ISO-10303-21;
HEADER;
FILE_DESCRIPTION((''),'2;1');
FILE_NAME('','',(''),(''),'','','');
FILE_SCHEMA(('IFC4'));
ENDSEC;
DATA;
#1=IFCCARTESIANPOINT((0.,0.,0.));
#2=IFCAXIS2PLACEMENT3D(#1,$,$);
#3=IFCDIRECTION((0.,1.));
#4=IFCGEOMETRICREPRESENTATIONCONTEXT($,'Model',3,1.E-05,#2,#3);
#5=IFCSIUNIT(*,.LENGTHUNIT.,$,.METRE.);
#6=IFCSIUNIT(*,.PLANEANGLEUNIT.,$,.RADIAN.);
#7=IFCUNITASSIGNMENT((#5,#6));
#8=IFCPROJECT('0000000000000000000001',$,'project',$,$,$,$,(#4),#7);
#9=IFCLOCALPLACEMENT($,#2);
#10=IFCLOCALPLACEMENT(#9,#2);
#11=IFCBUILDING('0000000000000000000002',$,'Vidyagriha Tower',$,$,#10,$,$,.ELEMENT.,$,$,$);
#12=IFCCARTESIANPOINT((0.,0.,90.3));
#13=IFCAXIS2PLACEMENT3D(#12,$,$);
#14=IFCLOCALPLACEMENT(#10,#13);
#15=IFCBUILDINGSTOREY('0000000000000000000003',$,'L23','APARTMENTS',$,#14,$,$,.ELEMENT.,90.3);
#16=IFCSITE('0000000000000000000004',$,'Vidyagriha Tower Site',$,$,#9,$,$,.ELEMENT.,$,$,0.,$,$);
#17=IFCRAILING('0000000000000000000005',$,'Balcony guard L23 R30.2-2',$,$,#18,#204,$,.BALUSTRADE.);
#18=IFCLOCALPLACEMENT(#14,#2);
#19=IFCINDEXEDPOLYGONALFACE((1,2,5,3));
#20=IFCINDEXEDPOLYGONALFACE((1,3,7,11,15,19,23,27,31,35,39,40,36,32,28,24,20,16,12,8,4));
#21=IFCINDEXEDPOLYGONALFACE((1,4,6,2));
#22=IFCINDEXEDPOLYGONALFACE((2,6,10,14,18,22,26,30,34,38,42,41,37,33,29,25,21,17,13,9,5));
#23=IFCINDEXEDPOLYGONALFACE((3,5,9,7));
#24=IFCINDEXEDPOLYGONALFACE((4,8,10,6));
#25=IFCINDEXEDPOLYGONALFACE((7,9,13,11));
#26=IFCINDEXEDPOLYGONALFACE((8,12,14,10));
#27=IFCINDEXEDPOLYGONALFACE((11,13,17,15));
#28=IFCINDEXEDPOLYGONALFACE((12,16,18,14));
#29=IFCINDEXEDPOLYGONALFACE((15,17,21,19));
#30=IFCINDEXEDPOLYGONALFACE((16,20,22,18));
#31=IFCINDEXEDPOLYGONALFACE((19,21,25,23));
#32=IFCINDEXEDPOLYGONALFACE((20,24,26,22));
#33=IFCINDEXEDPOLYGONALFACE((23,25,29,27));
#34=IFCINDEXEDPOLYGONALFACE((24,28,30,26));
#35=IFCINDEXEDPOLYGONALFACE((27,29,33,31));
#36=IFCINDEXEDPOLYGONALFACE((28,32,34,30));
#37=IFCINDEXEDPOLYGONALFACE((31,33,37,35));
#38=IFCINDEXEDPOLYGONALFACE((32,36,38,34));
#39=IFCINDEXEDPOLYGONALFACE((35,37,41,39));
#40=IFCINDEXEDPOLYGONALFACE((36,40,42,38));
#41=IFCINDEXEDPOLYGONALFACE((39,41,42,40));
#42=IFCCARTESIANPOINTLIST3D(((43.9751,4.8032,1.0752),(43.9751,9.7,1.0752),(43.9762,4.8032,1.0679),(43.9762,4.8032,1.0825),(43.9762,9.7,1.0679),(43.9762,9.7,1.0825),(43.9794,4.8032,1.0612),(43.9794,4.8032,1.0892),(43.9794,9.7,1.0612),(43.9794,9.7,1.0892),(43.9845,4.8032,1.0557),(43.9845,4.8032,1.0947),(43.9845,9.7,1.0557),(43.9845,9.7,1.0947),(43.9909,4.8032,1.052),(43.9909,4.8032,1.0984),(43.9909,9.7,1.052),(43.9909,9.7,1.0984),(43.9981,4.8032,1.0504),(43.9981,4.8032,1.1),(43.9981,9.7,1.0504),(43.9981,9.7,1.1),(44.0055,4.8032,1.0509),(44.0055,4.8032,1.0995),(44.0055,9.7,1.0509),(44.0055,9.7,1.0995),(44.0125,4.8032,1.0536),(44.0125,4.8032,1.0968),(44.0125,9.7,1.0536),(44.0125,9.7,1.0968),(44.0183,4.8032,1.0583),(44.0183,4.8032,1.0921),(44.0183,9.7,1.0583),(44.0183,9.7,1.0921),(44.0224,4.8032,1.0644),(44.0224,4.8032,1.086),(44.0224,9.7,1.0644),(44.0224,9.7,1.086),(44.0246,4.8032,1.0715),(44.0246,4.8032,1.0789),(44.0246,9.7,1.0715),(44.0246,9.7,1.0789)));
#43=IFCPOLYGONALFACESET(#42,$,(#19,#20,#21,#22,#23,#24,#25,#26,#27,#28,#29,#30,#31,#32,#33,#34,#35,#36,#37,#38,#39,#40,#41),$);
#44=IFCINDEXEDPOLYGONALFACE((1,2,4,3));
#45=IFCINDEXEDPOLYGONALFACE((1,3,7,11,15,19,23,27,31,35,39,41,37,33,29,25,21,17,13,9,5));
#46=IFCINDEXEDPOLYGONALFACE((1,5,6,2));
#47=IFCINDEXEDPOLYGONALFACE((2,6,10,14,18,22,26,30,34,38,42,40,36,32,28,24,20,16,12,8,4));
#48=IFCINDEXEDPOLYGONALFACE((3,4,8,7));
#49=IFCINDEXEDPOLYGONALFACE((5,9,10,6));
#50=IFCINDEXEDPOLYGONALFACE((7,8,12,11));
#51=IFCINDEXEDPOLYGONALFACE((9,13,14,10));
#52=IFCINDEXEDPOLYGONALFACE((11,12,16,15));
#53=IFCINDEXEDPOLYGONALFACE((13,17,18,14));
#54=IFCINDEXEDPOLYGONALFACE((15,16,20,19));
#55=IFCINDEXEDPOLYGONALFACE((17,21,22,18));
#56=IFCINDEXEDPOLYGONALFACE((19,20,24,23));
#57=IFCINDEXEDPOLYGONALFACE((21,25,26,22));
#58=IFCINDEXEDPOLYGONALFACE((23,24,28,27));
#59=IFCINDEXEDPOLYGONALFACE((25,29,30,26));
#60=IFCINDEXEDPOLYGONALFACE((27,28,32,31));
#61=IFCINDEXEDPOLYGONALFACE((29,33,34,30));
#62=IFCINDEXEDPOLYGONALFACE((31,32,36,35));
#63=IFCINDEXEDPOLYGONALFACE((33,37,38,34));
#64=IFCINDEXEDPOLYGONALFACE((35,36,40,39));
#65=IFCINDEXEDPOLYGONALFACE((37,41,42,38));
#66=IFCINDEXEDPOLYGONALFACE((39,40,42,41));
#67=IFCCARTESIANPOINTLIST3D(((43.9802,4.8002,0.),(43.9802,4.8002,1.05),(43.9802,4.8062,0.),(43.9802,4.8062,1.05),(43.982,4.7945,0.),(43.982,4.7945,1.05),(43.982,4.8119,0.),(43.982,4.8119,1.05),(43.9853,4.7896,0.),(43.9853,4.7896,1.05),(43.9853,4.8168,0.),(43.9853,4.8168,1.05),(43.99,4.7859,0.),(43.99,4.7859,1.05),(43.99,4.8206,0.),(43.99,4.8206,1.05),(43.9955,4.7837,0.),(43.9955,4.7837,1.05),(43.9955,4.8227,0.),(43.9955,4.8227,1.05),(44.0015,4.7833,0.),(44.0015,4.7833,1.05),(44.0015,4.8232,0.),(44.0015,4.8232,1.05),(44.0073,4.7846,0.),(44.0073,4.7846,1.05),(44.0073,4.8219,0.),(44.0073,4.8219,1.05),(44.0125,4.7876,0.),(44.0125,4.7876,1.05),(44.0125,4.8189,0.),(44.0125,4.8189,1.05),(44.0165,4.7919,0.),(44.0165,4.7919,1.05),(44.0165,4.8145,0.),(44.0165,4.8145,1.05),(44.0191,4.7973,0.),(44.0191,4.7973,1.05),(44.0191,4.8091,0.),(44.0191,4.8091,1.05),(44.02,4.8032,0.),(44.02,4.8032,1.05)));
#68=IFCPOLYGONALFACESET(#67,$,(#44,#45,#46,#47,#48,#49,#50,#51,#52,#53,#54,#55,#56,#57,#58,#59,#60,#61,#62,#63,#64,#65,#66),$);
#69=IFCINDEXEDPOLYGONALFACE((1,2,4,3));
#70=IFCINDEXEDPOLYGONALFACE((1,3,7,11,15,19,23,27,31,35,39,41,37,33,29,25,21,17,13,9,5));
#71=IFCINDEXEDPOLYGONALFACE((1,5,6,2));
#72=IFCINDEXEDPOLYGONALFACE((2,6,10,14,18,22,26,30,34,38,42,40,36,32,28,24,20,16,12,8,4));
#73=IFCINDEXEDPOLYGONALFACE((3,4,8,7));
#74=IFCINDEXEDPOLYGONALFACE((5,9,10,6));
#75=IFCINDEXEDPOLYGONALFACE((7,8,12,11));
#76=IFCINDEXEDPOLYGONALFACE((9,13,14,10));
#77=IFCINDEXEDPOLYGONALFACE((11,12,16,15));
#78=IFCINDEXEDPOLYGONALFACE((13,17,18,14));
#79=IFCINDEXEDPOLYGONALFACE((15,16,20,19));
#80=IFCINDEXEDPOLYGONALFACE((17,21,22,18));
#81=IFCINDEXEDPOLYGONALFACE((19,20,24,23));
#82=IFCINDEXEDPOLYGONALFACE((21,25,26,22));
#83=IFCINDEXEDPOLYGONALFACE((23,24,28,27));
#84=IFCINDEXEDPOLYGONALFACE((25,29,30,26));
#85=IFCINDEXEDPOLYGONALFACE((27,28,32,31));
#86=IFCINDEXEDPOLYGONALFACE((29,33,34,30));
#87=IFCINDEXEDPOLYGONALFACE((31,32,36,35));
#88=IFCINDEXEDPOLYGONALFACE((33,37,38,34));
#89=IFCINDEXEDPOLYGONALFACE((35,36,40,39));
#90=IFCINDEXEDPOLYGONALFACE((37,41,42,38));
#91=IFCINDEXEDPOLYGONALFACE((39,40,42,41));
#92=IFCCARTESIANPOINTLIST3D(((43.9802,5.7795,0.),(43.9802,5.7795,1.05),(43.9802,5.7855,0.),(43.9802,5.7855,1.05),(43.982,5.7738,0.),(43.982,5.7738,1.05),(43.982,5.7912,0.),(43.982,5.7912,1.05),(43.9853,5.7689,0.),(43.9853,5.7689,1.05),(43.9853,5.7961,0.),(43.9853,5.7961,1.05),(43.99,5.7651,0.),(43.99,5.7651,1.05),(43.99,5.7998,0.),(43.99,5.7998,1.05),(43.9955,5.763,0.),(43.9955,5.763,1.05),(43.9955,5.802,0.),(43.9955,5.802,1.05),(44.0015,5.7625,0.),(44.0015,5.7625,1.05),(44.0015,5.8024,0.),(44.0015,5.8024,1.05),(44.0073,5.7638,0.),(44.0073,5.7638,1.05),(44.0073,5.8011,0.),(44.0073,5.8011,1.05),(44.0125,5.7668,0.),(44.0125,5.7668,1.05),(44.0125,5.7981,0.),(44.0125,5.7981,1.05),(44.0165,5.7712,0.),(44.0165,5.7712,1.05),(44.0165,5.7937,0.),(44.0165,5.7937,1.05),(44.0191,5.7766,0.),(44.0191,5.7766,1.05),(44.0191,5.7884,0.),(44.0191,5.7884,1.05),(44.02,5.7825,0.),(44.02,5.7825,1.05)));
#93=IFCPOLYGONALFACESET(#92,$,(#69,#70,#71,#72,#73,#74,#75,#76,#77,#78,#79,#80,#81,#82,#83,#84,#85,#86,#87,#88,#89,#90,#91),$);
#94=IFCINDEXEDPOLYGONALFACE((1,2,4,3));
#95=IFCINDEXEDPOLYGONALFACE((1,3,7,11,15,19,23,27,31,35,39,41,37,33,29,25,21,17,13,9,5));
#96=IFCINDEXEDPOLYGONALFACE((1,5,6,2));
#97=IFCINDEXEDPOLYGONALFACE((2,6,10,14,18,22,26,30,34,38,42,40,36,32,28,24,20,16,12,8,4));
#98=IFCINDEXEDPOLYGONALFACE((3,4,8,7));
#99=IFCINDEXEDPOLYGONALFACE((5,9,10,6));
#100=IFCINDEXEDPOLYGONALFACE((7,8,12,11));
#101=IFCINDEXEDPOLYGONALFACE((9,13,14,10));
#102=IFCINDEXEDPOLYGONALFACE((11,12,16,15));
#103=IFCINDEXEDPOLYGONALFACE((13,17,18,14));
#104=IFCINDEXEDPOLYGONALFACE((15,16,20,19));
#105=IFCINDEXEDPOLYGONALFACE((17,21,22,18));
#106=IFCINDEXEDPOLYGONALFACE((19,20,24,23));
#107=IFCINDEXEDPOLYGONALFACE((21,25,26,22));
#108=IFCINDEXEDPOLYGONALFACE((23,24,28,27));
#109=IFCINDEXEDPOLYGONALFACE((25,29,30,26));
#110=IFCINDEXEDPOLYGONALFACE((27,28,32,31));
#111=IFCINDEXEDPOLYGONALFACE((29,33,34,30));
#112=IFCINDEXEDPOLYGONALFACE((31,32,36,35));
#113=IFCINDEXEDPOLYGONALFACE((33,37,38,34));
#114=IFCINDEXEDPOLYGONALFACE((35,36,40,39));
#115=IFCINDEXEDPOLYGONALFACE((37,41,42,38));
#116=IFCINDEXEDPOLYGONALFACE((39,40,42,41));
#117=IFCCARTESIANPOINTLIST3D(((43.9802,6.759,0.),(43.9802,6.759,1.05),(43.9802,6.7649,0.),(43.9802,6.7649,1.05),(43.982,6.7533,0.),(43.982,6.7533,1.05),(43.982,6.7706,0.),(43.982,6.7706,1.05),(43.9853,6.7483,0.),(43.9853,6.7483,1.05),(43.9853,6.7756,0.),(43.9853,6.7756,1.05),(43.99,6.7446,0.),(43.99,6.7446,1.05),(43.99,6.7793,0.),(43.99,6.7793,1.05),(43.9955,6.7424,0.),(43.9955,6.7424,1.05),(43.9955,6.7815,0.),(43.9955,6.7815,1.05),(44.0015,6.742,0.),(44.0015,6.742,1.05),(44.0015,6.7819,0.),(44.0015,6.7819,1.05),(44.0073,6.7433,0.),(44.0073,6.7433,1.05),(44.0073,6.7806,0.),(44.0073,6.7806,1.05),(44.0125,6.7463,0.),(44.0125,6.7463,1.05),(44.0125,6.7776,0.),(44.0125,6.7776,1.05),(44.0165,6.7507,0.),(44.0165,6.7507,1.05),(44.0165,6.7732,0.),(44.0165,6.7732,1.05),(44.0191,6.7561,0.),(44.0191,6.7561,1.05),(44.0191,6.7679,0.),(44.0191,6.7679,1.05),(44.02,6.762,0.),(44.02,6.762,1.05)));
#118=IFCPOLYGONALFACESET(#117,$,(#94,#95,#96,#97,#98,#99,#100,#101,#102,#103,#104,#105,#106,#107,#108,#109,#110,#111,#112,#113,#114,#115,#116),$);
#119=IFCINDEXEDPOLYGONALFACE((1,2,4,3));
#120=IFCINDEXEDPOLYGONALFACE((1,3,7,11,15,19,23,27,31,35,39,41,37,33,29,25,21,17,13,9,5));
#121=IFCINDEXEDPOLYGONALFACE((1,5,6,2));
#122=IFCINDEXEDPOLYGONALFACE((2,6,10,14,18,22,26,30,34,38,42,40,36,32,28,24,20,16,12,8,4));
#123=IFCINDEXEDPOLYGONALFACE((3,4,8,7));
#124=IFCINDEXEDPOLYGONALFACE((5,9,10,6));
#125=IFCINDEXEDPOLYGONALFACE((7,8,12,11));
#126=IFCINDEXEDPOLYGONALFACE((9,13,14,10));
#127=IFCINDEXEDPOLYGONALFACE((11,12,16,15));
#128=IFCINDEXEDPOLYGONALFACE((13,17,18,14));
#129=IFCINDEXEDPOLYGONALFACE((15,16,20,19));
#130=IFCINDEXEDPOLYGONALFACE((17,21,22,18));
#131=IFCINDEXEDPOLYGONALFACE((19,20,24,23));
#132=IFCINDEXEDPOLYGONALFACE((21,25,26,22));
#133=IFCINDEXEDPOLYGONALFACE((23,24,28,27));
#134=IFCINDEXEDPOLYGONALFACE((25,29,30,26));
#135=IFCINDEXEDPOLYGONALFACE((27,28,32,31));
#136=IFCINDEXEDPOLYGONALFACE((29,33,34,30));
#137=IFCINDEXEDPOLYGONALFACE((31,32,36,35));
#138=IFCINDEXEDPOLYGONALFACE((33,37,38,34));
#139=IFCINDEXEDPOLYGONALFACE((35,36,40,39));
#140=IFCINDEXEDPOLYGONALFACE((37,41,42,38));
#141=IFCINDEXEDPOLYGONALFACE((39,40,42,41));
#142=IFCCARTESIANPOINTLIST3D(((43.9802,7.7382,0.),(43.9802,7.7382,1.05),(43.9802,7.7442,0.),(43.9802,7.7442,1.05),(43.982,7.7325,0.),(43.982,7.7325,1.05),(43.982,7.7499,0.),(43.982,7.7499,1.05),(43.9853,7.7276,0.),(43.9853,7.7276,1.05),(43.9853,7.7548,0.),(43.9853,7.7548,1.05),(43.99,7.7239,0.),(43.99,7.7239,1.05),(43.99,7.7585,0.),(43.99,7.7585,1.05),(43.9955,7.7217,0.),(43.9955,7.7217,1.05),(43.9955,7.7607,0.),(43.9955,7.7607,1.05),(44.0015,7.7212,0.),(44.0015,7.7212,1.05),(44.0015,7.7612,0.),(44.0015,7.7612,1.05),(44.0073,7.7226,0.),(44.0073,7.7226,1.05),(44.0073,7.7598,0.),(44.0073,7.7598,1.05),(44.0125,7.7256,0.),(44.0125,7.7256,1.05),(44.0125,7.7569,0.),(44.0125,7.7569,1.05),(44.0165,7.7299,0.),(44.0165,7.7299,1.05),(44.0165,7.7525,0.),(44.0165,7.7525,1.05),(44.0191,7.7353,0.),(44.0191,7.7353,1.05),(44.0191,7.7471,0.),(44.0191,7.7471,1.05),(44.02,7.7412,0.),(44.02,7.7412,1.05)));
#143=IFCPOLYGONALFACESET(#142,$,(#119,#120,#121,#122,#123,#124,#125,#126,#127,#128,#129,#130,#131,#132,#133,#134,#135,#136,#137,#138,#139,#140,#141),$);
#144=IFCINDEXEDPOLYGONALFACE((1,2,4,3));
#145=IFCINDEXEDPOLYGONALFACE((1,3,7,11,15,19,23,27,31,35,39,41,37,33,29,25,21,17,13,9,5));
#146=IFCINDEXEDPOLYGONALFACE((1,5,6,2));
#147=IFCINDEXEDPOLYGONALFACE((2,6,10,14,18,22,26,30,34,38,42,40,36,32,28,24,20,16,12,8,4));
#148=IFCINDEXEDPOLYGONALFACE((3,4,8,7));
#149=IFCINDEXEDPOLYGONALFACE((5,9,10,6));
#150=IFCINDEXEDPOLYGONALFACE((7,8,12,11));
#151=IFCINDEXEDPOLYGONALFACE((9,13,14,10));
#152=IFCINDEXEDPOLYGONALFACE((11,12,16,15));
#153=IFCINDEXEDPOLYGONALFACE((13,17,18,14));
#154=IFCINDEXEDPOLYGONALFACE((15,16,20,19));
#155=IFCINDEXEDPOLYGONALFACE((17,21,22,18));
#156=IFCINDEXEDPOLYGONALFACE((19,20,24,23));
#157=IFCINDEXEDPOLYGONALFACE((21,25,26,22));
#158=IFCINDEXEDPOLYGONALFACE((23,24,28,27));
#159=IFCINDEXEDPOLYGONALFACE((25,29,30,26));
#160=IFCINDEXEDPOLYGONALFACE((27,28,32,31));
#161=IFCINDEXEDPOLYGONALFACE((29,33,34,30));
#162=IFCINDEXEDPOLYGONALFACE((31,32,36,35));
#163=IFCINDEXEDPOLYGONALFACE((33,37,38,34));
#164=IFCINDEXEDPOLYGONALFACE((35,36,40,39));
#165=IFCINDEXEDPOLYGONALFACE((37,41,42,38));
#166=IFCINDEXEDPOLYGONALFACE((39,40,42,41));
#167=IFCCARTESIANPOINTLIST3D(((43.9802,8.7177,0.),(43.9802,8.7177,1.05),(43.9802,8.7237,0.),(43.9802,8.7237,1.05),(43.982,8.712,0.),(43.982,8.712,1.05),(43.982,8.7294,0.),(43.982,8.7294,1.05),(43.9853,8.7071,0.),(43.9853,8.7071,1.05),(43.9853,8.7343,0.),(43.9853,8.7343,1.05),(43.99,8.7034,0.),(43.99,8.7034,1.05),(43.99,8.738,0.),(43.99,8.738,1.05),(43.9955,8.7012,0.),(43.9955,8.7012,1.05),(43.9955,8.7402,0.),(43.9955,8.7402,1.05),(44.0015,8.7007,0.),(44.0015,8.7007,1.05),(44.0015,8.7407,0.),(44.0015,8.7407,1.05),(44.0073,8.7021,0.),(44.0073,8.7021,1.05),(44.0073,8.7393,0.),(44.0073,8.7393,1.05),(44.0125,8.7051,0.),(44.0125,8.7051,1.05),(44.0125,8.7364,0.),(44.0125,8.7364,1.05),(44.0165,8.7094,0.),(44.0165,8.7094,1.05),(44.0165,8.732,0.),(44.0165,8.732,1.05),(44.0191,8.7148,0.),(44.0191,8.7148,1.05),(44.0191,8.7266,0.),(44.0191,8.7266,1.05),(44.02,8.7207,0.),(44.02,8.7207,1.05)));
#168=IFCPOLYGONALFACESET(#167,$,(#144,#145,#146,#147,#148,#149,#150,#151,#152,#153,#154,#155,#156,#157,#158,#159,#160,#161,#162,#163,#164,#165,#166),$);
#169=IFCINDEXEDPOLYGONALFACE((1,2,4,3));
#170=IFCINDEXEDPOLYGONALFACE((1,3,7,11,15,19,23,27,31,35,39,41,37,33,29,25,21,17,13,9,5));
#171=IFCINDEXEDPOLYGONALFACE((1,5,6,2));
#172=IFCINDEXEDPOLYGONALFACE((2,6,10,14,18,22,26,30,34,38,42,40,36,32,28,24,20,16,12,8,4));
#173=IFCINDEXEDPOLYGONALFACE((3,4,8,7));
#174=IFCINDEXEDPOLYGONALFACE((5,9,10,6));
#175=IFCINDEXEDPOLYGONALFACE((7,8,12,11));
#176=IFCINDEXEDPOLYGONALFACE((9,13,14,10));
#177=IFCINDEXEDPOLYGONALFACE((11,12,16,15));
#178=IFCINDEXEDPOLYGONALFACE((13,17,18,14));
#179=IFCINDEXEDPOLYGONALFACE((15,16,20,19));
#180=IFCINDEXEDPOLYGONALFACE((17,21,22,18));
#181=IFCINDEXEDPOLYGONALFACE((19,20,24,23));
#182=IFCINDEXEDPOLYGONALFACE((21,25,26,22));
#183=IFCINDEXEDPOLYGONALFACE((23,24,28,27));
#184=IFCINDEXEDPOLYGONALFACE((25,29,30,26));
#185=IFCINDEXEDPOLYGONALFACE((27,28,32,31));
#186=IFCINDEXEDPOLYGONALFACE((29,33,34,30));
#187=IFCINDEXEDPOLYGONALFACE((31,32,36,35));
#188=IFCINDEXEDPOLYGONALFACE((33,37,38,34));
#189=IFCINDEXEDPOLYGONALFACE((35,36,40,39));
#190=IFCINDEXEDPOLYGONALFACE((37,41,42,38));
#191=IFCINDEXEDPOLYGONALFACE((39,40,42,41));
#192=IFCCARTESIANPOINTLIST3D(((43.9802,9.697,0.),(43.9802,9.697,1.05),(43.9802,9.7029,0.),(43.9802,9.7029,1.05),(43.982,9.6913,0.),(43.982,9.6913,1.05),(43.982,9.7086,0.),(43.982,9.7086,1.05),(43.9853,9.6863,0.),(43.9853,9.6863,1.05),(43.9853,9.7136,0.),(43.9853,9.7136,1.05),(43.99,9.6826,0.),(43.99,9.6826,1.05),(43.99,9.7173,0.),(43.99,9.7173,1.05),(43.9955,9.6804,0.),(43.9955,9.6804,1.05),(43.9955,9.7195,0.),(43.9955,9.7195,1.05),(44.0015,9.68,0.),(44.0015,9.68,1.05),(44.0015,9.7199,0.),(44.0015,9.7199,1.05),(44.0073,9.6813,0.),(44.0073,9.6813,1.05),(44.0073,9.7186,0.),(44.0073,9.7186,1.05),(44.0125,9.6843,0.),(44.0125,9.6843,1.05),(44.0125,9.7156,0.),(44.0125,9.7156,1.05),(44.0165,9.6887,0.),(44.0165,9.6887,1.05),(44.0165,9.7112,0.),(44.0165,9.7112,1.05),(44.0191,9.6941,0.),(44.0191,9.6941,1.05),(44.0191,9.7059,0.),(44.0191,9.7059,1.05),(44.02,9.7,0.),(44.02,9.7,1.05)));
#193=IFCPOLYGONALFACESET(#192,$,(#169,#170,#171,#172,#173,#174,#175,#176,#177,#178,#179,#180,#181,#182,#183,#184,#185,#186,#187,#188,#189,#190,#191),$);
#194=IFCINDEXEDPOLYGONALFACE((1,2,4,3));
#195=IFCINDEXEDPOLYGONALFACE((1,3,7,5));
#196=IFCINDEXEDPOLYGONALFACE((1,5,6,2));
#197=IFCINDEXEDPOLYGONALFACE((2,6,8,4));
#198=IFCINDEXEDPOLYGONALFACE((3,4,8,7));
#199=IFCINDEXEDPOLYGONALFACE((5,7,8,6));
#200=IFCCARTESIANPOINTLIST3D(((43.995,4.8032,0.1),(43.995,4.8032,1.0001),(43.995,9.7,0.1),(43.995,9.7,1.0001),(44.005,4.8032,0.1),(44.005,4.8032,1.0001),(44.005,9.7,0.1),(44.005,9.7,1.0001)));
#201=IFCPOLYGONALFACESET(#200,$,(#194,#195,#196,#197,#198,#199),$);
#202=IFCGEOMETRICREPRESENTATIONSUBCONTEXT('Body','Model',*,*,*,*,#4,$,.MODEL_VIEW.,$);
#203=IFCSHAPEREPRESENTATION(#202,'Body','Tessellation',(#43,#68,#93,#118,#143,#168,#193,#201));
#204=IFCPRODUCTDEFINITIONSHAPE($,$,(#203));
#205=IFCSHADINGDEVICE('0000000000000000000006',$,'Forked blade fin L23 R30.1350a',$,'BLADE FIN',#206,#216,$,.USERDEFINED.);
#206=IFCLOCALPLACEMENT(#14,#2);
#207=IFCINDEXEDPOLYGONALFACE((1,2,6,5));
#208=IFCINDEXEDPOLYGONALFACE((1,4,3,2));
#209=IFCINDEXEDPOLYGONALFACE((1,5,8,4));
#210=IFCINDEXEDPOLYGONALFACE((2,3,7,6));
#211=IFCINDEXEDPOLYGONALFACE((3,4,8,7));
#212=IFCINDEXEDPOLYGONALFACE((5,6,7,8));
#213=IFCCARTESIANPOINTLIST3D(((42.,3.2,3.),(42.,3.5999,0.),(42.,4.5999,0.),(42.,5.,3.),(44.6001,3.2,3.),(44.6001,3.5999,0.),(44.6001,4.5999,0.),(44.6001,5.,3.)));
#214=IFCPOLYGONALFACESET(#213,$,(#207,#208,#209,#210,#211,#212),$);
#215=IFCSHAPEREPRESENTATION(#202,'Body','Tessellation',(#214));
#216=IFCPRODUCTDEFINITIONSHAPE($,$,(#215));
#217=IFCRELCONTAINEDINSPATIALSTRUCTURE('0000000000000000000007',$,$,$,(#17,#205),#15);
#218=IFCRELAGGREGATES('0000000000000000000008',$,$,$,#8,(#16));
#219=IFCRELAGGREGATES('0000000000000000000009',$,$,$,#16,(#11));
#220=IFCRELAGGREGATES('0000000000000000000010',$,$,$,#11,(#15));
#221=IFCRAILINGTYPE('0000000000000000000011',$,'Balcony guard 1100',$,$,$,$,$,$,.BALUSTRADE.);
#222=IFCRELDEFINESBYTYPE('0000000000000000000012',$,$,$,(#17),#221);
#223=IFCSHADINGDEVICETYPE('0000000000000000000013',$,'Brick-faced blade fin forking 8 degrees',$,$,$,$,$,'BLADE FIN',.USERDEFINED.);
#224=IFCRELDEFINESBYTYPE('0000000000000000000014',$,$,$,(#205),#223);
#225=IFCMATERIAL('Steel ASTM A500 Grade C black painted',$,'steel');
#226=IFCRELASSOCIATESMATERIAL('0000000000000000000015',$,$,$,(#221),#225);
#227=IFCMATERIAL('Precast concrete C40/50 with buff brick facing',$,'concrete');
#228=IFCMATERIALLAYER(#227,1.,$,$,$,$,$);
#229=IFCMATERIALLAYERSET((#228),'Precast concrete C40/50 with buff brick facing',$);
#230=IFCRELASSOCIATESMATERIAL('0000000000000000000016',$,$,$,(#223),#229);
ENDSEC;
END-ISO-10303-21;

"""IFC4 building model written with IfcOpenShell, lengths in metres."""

from ifc_helpers import new_model, si_unit, direction, frame, origin, origin_2d, place, context, subcontext, project, spatial, polyline, rectangle, circle, outline, extrude, material, layer, layer_set, type_object, element, save


model = new_model("IFC4")

# Units and contexts
model_context = context("Model", 3, precision=1e-05, world=origin(), true_north=direction((0.0, 1.0)))
body_context = subcontext(model_context, "Body", "Model", "MODEL_VIEW")
ifc_project = project(units=[si_unit("LENGTHUNIT", "METRE"), si_unit("PLANEANGLEUNIT", "RADIAN")], contexts=[model_context])

# Site, building, storey
site_placement = place(None, origin())
site = spatial("IfcSite", under=ifc_project, at=site_placement, Name="Vidyagriha Tower Site", CompositionType="ELEMENT", RefElevation=0.0)
building_placement = place(site_placement, origin())
building = spatial("IfcBuilding", under=site, at=building_placement, Name="Vidyagriha Tower", CompositionType="ELEMENT")
storey_placement = place(building_placement, frame((0.0, 0.0, 90.3)))
storey = spatial("IfcBuildingStorey", under=building, at=storey_placement, Name="L23", Description="APARTMENTS", CompositionType="ELEMENT", Elevation=90.3)

# Railing
ifc_material_1 = material(Name="Steel ASTM A500 Grade C black painted", Category="steel")
railing_type_1 = type_object("IfcRailingType", Name="Balcony guard 1100", PredefinedType="BALUSTRADE", material=ifc_material_1)
railing_1_placement = place(storey_placement, frame((44.0, 4.8032, 0.0)))
element("IfcRailing", 1, at=railing_1_placement, inside=storey, type_object=railing_type_1, Name="Balcony guard L23 R30.2-2", PredefinedType="BALUSTRADE", context=body_context, shape_type="SweptSolid", body=[
    extrude(circle(Radius=0.0249, at=origin_2d()), frame((0.0, 0.0, 1.0752), z_axis=(0.0, 1.0, 0.0), x_axis=(-1.0, 0.0, 0.0)), (0.0, 0.0, 1.0), 4.8967),
    extrude(circle(Radius=0.02, at=origin_2d()), origin(), (0.0, 0.0, 1.0), 1.05),
    extrude(circle(Radius=0.02, at=origin_2d()), frame((0.0, 0.9792, 0.0)), (0.0, 0.0, 1.0), 1.05),
    extrude(circle(Radius=0.02, at=origin_2d()), frame((0.0, 1.9587, 0.0)), (0.0, 0.0, 1.0), 1.05),
    extrude(circle(Radius=0.02, at=origin_2d()), frame((0.0, 2.938, 0.0)), (0.0, 0.0, 1.0), 1.05),
    extrude(circle(Radius=0.02, at=origin_2d()), frame((0.0, 3.9175, 0.0)), (0.0, 0.0, 1.0), 1.05),
    extrude(circle(Radius=0.02, at=origin_2d()), frame((0.0, 4.8967, 0.0)), (0.0, 0.0, 1.0), 1.05),
    extrude(rectangle(XDim=0.01, YDim=0.9001, at=origin_2d()), frame((0.0, 0.0, 0.55), z_axis=(0.0, 1.0, 0.0), x_axis=(-1.0, 0.0, 0.0)), (0.0, 0.0, 1.0), 4.8967),
])

# Shading device
ifc_material_2 = material(Name="Precast concrete C40/50 with buff brick facing", Category="concrete")
ifc_layer_1 = layer(ifc_material_2, 1.0)
ifc_layer_set_1 = layer_set([ifc_layer_1], Name="Precast concrete C40/50 with buff brick facing")
shading_device_type_1 = type_object("IfcShadingDeviceType", Name="Brick-faced blade fin forking 8 degrees", ElementType="BLADE FIN", PredefinedType="USERDEFINED", material=ifc_layer_set_1)
shading_device_1_placement = place(storey_placement, frame((43.3, 3.2, 0.0), z_axis=(0.0, 0.0, 1.0), x_axis=(0.0, 1.0, 0.0)))
element("IfcShadingDevice", 2, at=shading_device_1_placement, inside=storey, type_object=shading_device_type_1, Name="Forked blade fin L23 R30.1350a", ObjectType="BLADE FIN", PredefinedType="USERDEFINED", context=body_context, shape_type="SweptSolid", body=[
    extrude(outline(polyline([(0.3999, 0.0), (1.3999, 0.0), (1.8, 3.0), (0.0, 3.0), (0.3999, 0.0)])), frame((0.0, 1.3, 0.0), z_axis=(0.0, -1.0, 0.0), x_axis=(1.0, 0.0, 0.0)), (0.0, 0.0, 1.0), 2.6001),
])

save(model, "model.ifc")
